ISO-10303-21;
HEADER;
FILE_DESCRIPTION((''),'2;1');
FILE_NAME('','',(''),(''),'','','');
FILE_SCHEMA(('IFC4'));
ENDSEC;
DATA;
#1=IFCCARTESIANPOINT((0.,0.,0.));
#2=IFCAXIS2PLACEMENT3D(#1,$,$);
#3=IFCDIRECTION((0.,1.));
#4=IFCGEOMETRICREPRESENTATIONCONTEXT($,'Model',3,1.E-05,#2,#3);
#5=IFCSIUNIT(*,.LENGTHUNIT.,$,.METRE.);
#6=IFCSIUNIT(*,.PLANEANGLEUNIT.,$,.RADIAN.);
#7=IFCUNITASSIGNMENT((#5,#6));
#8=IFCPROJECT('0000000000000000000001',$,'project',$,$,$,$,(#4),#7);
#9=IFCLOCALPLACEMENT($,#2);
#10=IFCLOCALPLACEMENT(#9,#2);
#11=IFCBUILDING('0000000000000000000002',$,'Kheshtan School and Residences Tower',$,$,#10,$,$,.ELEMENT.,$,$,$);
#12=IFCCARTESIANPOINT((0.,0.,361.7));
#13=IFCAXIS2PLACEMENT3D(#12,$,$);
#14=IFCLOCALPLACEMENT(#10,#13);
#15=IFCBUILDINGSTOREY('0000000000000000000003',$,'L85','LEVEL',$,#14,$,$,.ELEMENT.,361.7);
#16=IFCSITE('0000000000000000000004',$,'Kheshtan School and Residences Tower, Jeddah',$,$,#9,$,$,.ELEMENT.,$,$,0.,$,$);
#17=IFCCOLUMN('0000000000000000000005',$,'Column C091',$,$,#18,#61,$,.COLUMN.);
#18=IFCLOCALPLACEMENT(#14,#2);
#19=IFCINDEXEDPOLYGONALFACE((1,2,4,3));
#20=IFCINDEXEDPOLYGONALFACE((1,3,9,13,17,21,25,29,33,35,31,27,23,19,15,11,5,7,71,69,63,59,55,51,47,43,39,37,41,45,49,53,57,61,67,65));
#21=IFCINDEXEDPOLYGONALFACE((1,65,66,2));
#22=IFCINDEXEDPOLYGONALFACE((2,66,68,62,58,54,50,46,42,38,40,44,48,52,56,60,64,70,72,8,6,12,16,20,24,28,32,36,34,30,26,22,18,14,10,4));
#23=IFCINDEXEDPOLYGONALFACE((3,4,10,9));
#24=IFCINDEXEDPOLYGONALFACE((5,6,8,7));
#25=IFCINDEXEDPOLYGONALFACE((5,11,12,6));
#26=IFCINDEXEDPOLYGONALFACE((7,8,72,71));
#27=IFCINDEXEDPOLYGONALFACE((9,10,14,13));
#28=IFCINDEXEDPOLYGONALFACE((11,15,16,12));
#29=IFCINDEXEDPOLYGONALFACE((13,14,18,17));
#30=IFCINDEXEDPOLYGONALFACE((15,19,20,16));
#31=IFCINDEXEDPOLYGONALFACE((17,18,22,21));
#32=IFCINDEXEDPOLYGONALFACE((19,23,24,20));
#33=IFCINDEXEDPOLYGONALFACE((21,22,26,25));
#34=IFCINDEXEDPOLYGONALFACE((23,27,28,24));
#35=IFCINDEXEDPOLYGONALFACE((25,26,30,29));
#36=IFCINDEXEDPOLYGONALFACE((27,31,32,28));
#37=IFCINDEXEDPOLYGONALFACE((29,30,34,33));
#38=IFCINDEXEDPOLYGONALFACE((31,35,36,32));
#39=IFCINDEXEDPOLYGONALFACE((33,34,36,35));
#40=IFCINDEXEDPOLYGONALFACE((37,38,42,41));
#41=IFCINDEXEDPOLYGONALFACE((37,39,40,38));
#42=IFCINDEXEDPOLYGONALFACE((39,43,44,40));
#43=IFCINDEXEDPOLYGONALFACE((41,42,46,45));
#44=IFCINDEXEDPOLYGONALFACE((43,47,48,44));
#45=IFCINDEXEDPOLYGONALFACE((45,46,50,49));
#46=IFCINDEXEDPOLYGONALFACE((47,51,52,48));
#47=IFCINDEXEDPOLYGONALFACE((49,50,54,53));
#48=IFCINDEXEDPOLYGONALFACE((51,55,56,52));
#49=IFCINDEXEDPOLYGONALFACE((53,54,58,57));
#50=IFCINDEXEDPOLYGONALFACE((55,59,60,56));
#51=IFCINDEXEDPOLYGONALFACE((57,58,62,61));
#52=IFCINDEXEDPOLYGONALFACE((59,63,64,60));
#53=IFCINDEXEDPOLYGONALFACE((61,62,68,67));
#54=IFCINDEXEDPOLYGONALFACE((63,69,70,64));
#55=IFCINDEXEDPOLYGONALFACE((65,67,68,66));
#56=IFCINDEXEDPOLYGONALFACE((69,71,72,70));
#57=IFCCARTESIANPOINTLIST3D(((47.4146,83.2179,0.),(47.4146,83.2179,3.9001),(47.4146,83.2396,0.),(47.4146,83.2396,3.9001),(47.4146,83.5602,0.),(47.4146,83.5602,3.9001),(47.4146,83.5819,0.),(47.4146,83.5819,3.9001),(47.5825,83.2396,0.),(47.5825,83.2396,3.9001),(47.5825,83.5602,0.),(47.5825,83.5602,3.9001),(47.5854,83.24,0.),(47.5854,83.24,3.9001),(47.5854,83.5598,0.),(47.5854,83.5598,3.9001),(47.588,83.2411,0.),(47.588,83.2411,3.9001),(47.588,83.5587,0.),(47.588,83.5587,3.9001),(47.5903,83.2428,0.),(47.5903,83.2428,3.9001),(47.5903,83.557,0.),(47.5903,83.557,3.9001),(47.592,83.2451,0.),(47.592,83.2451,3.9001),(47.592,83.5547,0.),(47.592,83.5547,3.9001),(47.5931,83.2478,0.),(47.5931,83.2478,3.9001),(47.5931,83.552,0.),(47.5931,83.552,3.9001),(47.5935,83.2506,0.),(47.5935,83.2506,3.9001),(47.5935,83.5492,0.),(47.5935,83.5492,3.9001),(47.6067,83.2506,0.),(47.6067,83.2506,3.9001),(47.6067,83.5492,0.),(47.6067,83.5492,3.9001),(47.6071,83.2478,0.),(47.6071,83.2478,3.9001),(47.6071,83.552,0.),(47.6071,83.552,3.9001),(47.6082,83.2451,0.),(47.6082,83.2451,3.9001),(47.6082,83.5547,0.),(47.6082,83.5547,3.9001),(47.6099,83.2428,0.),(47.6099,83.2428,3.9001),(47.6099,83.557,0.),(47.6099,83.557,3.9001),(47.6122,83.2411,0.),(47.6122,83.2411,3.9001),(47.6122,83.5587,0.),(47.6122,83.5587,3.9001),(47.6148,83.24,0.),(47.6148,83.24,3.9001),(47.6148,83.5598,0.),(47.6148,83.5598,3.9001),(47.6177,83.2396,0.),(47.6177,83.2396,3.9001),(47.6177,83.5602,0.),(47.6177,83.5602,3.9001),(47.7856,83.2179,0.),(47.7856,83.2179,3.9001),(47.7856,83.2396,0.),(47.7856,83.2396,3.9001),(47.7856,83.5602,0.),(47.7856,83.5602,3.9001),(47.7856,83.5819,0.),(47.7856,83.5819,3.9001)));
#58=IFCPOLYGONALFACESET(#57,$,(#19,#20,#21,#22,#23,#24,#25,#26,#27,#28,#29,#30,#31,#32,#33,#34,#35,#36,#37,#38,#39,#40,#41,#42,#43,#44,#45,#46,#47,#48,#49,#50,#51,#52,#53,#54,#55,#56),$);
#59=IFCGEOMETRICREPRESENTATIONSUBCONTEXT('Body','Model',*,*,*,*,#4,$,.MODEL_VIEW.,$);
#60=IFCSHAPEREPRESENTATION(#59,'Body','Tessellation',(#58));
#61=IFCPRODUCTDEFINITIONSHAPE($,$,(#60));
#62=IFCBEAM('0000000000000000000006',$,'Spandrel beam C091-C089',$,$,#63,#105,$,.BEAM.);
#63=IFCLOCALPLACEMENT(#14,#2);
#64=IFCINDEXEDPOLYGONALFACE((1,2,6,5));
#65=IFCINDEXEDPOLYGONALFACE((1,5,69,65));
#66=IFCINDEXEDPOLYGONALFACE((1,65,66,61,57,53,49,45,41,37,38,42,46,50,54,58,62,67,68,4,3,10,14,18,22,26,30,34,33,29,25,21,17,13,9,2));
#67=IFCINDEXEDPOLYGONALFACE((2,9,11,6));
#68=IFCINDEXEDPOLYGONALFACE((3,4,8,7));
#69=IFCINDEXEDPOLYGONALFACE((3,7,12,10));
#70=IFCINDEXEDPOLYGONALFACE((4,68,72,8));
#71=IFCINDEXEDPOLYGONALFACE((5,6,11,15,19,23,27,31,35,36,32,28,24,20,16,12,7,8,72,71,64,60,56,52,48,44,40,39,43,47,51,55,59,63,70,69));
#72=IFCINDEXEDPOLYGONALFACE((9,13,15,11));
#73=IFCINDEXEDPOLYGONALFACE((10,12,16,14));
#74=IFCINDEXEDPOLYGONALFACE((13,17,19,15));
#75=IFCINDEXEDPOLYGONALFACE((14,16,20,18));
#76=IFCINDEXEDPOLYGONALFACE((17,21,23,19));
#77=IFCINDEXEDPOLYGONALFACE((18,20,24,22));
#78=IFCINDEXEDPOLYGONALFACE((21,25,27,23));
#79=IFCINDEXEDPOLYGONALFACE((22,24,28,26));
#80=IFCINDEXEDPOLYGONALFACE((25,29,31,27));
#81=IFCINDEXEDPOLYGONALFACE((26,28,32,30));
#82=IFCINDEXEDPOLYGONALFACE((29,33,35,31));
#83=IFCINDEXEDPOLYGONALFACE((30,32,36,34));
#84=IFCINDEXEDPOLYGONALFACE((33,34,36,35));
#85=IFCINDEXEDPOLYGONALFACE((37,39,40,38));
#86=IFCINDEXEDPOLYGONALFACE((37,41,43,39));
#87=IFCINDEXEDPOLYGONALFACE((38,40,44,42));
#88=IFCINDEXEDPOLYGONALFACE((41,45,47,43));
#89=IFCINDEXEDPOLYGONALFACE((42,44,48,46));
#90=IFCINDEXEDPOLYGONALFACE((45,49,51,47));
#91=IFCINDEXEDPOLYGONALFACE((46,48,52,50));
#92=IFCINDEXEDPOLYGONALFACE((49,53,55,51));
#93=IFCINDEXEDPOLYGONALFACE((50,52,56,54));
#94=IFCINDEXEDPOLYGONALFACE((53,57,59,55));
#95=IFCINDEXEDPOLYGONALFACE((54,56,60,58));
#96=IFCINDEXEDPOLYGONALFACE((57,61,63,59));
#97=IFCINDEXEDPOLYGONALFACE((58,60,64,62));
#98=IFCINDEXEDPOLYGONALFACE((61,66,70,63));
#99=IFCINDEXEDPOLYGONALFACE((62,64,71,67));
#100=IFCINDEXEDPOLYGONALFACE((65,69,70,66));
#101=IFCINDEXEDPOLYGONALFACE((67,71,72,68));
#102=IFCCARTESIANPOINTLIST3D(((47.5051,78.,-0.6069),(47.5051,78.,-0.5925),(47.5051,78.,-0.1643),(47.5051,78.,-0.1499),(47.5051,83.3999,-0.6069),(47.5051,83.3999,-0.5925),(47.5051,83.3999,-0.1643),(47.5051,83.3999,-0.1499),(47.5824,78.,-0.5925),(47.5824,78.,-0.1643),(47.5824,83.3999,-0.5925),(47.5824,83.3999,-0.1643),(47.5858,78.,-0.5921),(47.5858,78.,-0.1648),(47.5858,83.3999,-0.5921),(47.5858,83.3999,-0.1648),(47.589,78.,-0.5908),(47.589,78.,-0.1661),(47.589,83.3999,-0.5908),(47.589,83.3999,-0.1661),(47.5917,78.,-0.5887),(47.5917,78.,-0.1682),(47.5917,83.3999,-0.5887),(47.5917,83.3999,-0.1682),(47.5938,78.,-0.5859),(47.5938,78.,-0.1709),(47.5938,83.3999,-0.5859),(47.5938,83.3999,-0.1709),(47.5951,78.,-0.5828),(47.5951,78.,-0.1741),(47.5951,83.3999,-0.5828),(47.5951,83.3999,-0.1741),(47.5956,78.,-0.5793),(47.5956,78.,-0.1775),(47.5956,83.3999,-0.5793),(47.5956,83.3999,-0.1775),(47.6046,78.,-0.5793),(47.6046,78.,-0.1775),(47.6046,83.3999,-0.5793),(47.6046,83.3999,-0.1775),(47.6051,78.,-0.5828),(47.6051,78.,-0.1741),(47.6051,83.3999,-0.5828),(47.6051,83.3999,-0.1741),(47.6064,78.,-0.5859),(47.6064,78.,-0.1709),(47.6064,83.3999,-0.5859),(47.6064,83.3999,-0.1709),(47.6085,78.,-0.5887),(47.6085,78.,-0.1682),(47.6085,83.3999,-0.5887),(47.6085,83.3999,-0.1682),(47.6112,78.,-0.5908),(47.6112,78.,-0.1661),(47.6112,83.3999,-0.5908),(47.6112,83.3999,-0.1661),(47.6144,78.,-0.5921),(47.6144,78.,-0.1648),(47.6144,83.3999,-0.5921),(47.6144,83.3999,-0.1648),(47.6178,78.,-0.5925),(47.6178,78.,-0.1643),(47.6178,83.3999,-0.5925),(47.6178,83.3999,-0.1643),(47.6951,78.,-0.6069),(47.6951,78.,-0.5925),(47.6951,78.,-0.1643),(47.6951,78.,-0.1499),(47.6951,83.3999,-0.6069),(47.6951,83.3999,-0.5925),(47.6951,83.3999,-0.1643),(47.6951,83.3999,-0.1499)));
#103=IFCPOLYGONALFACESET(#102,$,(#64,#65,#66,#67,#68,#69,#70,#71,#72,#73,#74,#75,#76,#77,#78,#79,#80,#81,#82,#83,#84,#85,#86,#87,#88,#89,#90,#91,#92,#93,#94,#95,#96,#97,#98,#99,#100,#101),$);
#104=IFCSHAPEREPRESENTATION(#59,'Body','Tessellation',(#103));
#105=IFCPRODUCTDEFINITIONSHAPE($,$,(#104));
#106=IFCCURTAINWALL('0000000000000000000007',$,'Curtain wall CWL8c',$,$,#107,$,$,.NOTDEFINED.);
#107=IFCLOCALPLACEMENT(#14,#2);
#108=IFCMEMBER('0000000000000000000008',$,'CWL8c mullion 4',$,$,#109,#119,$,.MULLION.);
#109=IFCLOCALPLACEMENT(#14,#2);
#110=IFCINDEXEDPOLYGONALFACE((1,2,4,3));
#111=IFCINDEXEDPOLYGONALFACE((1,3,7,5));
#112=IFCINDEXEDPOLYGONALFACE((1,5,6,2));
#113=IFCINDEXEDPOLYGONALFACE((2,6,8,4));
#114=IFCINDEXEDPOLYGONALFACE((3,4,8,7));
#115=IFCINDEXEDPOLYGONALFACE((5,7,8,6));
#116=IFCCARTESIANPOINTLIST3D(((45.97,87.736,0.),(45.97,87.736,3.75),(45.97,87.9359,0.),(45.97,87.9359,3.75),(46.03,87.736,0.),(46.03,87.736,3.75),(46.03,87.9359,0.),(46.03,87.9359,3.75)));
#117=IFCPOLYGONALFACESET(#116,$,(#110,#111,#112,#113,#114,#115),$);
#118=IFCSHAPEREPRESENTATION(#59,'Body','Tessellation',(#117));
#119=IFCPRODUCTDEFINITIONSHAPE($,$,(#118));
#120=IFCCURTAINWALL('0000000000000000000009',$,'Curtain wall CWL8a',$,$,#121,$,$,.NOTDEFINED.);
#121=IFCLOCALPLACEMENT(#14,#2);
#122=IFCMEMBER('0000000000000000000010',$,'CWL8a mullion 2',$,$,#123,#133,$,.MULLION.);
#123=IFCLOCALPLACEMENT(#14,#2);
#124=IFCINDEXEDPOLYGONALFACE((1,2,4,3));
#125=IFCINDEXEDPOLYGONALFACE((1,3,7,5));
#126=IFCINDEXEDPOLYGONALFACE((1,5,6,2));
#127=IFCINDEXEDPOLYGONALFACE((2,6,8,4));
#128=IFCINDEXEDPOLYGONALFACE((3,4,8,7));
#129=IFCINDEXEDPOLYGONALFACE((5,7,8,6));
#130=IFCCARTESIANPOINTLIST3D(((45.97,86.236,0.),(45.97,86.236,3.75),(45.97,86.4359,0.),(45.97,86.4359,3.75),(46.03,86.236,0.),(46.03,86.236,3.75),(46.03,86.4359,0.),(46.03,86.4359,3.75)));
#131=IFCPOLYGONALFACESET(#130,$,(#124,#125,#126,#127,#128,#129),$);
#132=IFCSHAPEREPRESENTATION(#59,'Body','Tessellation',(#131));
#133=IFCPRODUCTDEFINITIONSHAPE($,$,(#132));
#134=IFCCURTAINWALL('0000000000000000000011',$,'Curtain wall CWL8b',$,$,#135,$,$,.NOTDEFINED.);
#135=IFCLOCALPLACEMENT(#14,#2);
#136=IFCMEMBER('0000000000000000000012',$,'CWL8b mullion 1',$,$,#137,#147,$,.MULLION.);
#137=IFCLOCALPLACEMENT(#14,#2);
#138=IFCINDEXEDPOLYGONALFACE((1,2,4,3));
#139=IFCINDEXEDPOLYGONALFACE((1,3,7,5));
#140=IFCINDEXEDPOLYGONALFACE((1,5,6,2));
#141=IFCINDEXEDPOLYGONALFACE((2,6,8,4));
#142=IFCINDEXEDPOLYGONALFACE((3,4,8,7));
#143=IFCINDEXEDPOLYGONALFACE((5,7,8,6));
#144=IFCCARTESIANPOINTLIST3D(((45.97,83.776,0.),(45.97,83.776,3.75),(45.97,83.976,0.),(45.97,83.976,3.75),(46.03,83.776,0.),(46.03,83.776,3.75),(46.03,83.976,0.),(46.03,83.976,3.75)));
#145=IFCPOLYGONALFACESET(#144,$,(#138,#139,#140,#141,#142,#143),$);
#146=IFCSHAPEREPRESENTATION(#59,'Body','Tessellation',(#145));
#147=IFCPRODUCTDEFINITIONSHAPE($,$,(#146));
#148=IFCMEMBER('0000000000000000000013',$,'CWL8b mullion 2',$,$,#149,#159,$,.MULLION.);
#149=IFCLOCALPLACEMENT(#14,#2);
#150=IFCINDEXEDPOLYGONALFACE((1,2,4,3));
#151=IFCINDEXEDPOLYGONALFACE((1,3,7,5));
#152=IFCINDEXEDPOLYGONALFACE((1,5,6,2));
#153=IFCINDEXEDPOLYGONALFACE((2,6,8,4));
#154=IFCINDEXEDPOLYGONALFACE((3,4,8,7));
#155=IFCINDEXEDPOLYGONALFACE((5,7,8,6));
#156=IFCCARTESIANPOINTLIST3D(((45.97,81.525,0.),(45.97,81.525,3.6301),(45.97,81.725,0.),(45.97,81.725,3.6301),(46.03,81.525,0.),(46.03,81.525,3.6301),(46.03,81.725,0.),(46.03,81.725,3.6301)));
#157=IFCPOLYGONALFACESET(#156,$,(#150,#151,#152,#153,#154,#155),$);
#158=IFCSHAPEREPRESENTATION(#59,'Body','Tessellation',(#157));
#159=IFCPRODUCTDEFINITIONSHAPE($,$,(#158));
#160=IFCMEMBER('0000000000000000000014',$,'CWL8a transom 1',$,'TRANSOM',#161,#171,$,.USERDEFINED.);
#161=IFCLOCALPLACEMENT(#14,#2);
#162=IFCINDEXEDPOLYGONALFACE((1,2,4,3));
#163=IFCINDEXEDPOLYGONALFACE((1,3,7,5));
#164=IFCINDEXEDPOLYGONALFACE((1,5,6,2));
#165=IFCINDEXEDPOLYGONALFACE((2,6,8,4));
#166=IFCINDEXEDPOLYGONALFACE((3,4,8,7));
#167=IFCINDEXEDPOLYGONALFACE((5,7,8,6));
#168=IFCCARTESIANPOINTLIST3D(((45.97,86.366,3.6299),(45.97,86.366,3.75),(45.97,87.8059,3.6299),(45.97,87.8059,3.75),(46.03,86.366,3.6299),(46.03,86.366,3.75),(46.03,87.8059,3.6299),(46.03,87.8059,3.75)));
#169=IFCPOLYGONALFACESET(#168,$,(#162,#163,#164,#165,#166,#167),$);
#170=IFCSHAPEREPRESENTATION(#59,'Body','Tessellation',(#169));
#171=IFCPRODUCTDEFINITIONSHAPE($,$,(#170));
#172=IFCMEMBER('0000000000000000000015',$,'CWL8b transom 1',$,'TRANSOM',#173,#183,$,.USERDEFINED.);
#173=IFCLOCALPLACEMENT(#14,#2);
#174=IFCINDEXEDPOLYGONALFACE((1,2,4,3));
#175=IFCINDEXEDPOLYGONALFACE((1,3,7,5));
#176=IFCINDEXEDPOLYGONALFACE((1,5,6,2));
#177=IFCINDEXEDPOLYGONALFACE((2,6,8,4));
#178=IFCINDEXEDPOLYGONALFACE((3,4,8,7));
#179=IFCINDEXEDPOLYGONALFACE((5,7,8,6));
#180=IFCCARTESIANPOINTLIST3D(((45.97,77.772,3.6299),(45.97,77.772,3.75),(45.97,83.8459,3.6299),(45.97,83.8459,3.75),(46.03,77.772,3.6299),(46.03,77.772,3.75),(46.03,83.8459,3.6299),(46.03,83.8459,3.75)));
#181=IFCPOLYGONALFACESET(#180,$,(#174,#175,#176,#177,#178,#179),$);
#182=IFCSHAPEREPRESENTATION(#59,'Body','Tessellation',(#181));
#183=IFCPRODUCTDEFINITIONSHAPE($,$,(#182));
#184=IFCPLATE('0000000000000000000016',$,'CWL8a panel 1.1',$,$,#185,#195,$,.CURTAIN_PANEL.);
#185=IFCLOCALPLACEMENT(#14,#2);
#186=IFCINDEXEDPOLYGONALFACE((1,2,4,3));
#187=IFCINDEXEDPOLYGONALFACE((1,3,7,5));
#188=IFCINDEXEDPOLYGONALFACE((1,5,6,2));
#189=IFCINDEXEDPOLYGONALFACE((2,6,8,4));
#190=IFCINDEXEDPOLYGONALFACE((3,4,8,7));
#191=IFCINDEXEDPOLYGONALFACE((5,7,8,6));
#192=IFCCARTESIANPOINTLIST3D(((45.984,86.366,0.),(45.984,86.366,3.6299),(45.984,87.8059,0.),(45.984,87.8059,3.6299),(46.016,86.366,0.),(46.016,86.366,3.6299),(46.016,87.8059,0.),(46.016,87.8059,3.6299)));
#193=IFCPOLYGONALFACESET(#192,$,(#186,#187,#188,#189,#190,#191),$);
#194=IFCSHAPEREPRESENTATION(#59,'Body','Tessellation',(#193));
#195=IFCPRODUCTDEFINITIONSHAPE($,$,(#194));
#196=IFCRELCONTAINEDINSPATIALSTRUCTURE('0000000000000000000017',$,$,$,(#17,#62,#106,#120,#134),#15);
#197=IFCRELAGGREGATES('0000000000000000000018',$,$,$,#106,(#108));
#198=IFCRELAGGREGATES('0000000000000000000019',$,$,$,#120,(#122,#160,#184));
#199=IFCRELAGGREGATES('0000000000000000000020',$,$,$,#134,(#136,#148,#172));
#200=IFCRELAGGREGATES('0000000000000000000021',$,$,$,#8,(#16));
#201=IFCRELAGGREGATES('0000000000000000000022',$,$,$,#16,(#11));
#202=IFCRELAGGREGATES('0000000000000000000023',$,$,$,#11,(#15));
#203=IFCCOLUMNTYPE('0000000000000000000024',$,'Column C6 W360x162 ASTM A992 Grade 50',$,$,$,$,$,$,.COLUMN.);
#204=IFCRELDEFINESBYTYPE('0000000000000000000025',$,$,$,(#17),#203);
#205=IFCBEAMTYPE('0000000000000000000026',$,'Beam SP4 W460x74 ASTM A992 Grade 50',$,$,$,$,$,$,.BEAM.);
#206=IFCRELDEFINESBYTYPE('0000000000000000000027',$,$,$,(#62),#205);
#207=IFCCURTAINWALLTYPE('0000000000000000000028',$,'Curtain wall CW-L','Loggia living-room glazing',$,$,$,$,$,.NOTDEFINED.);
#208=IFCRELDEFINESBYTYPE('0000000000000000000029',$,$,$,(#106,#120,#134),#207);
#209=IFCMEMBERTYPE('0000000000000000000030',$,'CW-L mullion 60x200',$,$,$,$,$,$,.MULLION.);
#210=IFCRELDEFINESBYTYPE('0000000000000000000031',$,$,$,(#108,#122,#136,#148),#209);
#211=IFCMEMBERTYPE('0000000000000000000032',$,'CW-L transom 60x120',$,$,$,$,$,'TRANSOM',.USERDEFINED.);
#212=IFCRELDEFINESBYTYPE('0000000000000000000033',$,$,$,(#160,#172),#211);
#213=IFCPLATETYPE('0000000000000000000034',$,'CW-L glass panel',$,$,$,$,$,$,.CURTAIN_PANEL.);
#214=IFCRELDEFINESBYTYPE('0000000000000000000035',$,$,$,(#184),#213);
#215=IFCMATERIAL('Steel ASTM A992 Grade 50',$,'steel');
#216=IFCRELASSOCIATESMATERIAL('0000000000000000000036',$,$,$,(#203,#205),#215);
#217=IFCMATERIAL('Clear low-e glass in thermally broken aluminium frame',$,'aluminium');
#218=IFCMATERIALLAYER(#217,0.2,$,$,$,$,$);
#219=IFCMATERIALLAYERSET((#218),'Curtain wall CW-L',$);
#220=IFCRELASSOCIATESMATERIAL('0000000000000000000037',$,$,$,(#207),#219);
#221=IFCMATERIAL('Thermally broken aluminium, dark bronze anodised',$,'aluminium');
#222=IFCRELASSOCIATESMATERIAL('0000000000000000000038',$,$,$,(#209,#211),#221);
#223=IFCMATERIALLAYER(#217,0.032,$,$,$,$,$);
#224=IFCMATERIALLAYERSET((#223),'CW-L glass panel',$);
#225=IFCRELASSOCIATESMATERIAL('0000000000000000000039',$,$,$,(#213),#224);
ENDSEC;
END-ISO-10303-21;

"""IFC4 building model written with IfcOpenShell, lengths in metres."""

from ifc_helpers import new_model, si_unit, direction, frame, origin, origin_2d, place, context, subcontext, project, spatial, rectangle, i_section, extrude, material, layer, layer_set, material_profile, profile_set, type_object, element, aggregate, save


model = new_model("IFC4")

# Units and contexts
model_context = context("Model", 3, precision=1e-05, world=origin(), true_north=direction((0.0, 1.0)))
body_context = subcontext(model_context, "Body", "Model", "MODEL_VIEW")
ifc_project = project(units=[si_unit("LENGTHUNIT", "METRE"), si_unit("PLANEANGLEUNIT", "RADIAN")], contexts=[model_context])

# Site, building, storey
site_placement = place(None, origin())
site = spatial("IfcSite", under=ifc_project, at=site_placement, Name="Kheshtan School and Residences Tower, Jeddah", CompositionType="ELEMENT", RefElevation=0.0)
building_placement = place(site_placement, origin())
building = spatial("IfcBuilding", under=site, at=building_placement, Name="Kheshtan School and Residences Tower", CompositionType="ELEMENT")
storey_placement = place(building_placement, frame((0.0, 0.0, 361.7)))
storey = spatial("IfcBuildingStorey", under=building, at=storey_placement, Name="L85", Description="LEVEL", CompositionType="ELEMENT", Elevation=361.7)

# Column
ifc_material_1 = material(Name="Steel ASTM A992 Grade 50", Category="steel")
ifc_material_profile_1 = material_profile(ifc_material_1, i_section(OverallWidth=0.3711, OverallDepth=0.364, WebThickness=0.0132, FlangeThickness=0.0217, FilletRadius=0.011, at=origin_2d()), Name="W360x162")
ifc_profile_set_1 = profile_set([ifc_material_profile_1], Name="Steel ASTM A992 Grade 50")
column_type = type_object("IfcColumnType", Name="Column C6 W360x162 ASTM A992 Grade 50", PredefinedType="COLUMN", material=ifc_profile_set_1)
column_placement = place(storey_placement, frame((47.6001, 83.3999, 0.0), z_axis=(0.0, 0.0, 1.0), x_axis=(1.0, 0.0, 0.0)))
element("IfcColumn", 1, at=column_placement, inside=storey, type_object=column_type, Name="Column C091", PredefinedType="COLUMN", context=body_context, shape_type="SweptSolid", body=[
    extrude(i_section(OverallWidth=0.3711, OverallDepth=0.364, WebThickness=0.0132, FlangeThickness=0.0217, FilletRadius=0.011, at=origin_2d()), origin(), (0.0, 0.0, 1.0), 3.9001),
])

# Beam
ifc_material_profile_2 = material_profile(ifc_material_1, i_section(OverallWidth=0.1899, OverallDepth=0.457, WebThickness=0.009, FlangeThickness=0.0144, FilletRadius=0.0132, at=origin_2d()), Name="W460x74")
ifc_profile_set_2 = profile_set([ifc_material_profile_2], Name="Steel ASTM A992 Grade 50")
beam_type = type_object("IfcBeamType", Name="Beam SP4 W460x74 ASTM A992 Grade 50", PredefinedType="BEAM", material=ifc_profile_set_2)
beam_placement = place(storey_placement, frame((47.6001, 83.3999, -0.3784), z_axis=(0.0, -1.0, 0.0), x_axis=(1.0, 0.0, 0.0)))
element("IfcBeam", 2, at=beam_placement, inside=storey, type_object=beam_type, Name="Spandrel beam C091-C089", PredefinedType="BEAM", context=body_context, shape_type="SweptSolid", body=[
    extrude(i_section(OverallWidth=0.1899, OverallDepth=0.457, WebThickness=0.009, FlangeThickness=0.0144, FilletRadius=0.0132, at=origin_2d()), origin(), (0.0, 0.0, 1.0), 5.3999),
])

# Curtain walls, members
ifc_material_2 = material(Name="Clear low-e glass in thermally broken aluminium frame", Category="aluminium")
ifc_layer_1 = layer(ifc_material_2, 0.2)
ifc_layer_set_1 = layer_set([ifc_layer_1], Name="Curtain wall CW-L")
curtain_wall_type = type_object("IfcCurtainWallType", Name="Curtain wall CW-L", Description="Loggia living-room glazing", PredefinedType="NOTDEFINED", material=ifc_layer_set_1)
curtain_wall_1_placement = place(storey_placement, origin())
curtain_wall_1 = element("IfcCurtainWall", 3, at=curtain_wall_1_placement, inside=storey, type_object=curtain_wall_type, Name="Curtain wall CWL8c", PredefinedType="NOTDEFINED")
ifc_material_3 = material(Name="Thermally broken aluminium, dark bronze anodised", Category="aluminium")
ifc_material_profile_3 = material_profile(ifc_material_3, rectangle(XDim=0.0601, YDim=0.2, at=origin_2d()), Name="CW-L mullion 60x200")
ifc_profile_set_3 = profile_set([ifc_material_profile_3], Name="Thermally broken aluminium, dark bronze anodised")
member_type_1 = type_object("IfcMemberType", Name="CW-L mullion 60x200", PredefinedType="MULLION", material=ifc_profile_set_3)
member_1_placement = place(storey_placement, frame((46.0, 87.8359, 0.0), z_axis=(0.0, 0.0, 1.0), x_axis=(1.0, 0.0, 0.0)))
member_1 = element("IfcMember", 4, at=member_1_placement, type_object=member_type_1, Name="CWL8c mullion 4", PredefinedType="MULLION", context=body_context, shape_type="SweptSolid", body=[
    extrude(rectangle(XDim=0.0601, YDim=0.2, at=origin_2d()), origin(), (0.0, 0.0, 1.0), 3.75),
])
aggregate(curtain_wall_1, [member_1])
curtain_wall_2_placement = place(storey_placement, origin())
curtain_wall_2 = element("IfcCurtainWall", 5, at=curtain_wall_2_placement, inside=storey, type_object=curtain_wall_type, Name="Curtain wall CWL8a", PredefinedType="NOTDEFINED")
member_2_placement = place(storey_placement, frame((46.0, 86.3359, 0.0), z_axis=(0.0, 0.0, 1.0), x_axis=(1.0, 0.0, 0.0)))
member_2 = element("IfcMember", 6, at=member_2_placement, type_object=member_type_1, Name="CWL8a mullion 2", PredefinedType="MULLION", context=body_context, shape_type="SweptSolid", body=[
    extrude(rectangle(XDim=0.0601, YDim=0.2, at=origin_2d()), origin(), (0.0, 0.0, 1.0), 3.75),
])

# Curtain wall, members
curtain_wall_3_placement = place(storey_placement, origin())
curtain_wall_3 = element("IfcCurtainWall", 7, at=curtain_wall_3_placement, inside=storey, type_object=curtain_wall_type, Name="Curtain wall CWL8b", PredefinedType="NOTDEFINED")
member_3_placement = place(storey_placement, frame((46.0, 83.876, 0.0), z_axis=(0.0, 0.0, 1.0), x_axis=(1.0, 0.0, 0.0)))
member_3 = element("IfcMember", 8, at=member_3_placement, type_object=member_type_1, Name="CWL8b mullion 1", PredefinedType="MULLION", context=body_context, shape_type="SweptSolid", body=[
    extrude(rectangle(XDim=0.0601, YDim=0.2, at=origin_2d()), origin(), (0.0, 0.0, 1.0), 3.75),
])
member_4_placement = place(storey_placement, frame((46.0, 81.625, 0.0), z_axis=(0.0, 0.0, 1.0), x_axis=(1.0, 0.0, 0.0)))
member_4 = element("IfcMember", 9, at=member_4_placement, type_object=member_type_1, Name="CWL8b mullion 2", PredefinedType="MULLION", context=body_context, shape_type="SweptSolid", body=[
    extrude(rectangle(XDim=0.0601, YDim=0.2, at=origin_2d()), origin(), (0.0, 0.0, 1.0), 3.6301),
])

# Members
ifc_material_profile_4 = material_profile(ifc_material_3, rectangle(XDim=0.0601, YDim=0.1201, at=origin_2d()), Name="CW-L transom 60x120")
ifc_profile_set_4 = profile_set([ifc_material_profile_4], Name="Thermally broken aluminium, dark bronze anodised")
member_type_2 = type_object("IfcMemberType", Name="CW-L transom 60x120", ElementType="TRANSOM", PredefinedType="USERDEFINED", material=ifc_profile_set_4)
member_5_placement = place(storey_placement, frame((46.0, 87.8059, 3.6899), z_axis=(0.0, -1.0, 0.0), x_axis=(1.0, 0.0, 0.0)))
member_5 = element("IfcMember", 10, at=member_5_placement, type_object=member_type_2, Name="CWL8a transom 1", ObjectType="TRANSOM", PredefinedType="USERDEFINED", context=body_context, shape_type="SweptSolid", body=[
    extrude(rectangle(XDim=0.0601, YDim=0.1201, at=origin_2d()), origin(), (0.0, 0.0, 1.0), 1.4399),
])
member_6_placement = place(storey_placement, frame((46.0, 83.8459, 3.6899), z_axis=(0.0, -1.0, 0.0), x_axis=(1.0, 0.0, 0.0)))
member_6 = element("IfcMember", 11, at=member_6_placement, type_object=member_type_2, Name="CWL8b transom 1", ObjectType="TRANSOM", PredefinedType="USERDEFINED", context=body_context, shape_type="SweptSolid", body=[
    extrude(rectangle(XDim=0.0601, YDim=0.1201, at=origin_2d()), origin(), (0.0, 0.0, 1.0), 6.074),
])

# Plate
ifc_layer_2 = layer(ifc_material_2, 0.032)
ifc_layer_set_2 = layer_set([ifc_layer_2], Name="CW-L glass panel")
plate_type = type_object("IfcPlateType", Name="CW-L glass panel", PredefinedType="CURTAIN_PANEL", material=ifc_layer_set_2)
plate_1_placement = place(storey_placement, frame((46.0, 87.0859, 0.0), z_axis=(0.0, 0.0, 1.0), x_axis=(0.0, -1.0, 0.0)))
plate_1 = element("IfcPlate", 12, at=plate_1_placement, type_object=plate_type, Name="CWL8a panel 1.1", PredefinedType="CURTAIN_PANEL", context=body_context, shape_type="SweptSolid", body=[
    extrude(rectangle(XDim=1.4399, YDim=0.032, at=origin_2d()), origin(), (0.0, 0.0, 1.0), 3.6299),
])
aggregate(curtain_wall_2, [member_2, member_5, plate_1])
aggregate(curtain_wall_3, [member_3, member_4, member_6])

save(model, "model.ifc")
